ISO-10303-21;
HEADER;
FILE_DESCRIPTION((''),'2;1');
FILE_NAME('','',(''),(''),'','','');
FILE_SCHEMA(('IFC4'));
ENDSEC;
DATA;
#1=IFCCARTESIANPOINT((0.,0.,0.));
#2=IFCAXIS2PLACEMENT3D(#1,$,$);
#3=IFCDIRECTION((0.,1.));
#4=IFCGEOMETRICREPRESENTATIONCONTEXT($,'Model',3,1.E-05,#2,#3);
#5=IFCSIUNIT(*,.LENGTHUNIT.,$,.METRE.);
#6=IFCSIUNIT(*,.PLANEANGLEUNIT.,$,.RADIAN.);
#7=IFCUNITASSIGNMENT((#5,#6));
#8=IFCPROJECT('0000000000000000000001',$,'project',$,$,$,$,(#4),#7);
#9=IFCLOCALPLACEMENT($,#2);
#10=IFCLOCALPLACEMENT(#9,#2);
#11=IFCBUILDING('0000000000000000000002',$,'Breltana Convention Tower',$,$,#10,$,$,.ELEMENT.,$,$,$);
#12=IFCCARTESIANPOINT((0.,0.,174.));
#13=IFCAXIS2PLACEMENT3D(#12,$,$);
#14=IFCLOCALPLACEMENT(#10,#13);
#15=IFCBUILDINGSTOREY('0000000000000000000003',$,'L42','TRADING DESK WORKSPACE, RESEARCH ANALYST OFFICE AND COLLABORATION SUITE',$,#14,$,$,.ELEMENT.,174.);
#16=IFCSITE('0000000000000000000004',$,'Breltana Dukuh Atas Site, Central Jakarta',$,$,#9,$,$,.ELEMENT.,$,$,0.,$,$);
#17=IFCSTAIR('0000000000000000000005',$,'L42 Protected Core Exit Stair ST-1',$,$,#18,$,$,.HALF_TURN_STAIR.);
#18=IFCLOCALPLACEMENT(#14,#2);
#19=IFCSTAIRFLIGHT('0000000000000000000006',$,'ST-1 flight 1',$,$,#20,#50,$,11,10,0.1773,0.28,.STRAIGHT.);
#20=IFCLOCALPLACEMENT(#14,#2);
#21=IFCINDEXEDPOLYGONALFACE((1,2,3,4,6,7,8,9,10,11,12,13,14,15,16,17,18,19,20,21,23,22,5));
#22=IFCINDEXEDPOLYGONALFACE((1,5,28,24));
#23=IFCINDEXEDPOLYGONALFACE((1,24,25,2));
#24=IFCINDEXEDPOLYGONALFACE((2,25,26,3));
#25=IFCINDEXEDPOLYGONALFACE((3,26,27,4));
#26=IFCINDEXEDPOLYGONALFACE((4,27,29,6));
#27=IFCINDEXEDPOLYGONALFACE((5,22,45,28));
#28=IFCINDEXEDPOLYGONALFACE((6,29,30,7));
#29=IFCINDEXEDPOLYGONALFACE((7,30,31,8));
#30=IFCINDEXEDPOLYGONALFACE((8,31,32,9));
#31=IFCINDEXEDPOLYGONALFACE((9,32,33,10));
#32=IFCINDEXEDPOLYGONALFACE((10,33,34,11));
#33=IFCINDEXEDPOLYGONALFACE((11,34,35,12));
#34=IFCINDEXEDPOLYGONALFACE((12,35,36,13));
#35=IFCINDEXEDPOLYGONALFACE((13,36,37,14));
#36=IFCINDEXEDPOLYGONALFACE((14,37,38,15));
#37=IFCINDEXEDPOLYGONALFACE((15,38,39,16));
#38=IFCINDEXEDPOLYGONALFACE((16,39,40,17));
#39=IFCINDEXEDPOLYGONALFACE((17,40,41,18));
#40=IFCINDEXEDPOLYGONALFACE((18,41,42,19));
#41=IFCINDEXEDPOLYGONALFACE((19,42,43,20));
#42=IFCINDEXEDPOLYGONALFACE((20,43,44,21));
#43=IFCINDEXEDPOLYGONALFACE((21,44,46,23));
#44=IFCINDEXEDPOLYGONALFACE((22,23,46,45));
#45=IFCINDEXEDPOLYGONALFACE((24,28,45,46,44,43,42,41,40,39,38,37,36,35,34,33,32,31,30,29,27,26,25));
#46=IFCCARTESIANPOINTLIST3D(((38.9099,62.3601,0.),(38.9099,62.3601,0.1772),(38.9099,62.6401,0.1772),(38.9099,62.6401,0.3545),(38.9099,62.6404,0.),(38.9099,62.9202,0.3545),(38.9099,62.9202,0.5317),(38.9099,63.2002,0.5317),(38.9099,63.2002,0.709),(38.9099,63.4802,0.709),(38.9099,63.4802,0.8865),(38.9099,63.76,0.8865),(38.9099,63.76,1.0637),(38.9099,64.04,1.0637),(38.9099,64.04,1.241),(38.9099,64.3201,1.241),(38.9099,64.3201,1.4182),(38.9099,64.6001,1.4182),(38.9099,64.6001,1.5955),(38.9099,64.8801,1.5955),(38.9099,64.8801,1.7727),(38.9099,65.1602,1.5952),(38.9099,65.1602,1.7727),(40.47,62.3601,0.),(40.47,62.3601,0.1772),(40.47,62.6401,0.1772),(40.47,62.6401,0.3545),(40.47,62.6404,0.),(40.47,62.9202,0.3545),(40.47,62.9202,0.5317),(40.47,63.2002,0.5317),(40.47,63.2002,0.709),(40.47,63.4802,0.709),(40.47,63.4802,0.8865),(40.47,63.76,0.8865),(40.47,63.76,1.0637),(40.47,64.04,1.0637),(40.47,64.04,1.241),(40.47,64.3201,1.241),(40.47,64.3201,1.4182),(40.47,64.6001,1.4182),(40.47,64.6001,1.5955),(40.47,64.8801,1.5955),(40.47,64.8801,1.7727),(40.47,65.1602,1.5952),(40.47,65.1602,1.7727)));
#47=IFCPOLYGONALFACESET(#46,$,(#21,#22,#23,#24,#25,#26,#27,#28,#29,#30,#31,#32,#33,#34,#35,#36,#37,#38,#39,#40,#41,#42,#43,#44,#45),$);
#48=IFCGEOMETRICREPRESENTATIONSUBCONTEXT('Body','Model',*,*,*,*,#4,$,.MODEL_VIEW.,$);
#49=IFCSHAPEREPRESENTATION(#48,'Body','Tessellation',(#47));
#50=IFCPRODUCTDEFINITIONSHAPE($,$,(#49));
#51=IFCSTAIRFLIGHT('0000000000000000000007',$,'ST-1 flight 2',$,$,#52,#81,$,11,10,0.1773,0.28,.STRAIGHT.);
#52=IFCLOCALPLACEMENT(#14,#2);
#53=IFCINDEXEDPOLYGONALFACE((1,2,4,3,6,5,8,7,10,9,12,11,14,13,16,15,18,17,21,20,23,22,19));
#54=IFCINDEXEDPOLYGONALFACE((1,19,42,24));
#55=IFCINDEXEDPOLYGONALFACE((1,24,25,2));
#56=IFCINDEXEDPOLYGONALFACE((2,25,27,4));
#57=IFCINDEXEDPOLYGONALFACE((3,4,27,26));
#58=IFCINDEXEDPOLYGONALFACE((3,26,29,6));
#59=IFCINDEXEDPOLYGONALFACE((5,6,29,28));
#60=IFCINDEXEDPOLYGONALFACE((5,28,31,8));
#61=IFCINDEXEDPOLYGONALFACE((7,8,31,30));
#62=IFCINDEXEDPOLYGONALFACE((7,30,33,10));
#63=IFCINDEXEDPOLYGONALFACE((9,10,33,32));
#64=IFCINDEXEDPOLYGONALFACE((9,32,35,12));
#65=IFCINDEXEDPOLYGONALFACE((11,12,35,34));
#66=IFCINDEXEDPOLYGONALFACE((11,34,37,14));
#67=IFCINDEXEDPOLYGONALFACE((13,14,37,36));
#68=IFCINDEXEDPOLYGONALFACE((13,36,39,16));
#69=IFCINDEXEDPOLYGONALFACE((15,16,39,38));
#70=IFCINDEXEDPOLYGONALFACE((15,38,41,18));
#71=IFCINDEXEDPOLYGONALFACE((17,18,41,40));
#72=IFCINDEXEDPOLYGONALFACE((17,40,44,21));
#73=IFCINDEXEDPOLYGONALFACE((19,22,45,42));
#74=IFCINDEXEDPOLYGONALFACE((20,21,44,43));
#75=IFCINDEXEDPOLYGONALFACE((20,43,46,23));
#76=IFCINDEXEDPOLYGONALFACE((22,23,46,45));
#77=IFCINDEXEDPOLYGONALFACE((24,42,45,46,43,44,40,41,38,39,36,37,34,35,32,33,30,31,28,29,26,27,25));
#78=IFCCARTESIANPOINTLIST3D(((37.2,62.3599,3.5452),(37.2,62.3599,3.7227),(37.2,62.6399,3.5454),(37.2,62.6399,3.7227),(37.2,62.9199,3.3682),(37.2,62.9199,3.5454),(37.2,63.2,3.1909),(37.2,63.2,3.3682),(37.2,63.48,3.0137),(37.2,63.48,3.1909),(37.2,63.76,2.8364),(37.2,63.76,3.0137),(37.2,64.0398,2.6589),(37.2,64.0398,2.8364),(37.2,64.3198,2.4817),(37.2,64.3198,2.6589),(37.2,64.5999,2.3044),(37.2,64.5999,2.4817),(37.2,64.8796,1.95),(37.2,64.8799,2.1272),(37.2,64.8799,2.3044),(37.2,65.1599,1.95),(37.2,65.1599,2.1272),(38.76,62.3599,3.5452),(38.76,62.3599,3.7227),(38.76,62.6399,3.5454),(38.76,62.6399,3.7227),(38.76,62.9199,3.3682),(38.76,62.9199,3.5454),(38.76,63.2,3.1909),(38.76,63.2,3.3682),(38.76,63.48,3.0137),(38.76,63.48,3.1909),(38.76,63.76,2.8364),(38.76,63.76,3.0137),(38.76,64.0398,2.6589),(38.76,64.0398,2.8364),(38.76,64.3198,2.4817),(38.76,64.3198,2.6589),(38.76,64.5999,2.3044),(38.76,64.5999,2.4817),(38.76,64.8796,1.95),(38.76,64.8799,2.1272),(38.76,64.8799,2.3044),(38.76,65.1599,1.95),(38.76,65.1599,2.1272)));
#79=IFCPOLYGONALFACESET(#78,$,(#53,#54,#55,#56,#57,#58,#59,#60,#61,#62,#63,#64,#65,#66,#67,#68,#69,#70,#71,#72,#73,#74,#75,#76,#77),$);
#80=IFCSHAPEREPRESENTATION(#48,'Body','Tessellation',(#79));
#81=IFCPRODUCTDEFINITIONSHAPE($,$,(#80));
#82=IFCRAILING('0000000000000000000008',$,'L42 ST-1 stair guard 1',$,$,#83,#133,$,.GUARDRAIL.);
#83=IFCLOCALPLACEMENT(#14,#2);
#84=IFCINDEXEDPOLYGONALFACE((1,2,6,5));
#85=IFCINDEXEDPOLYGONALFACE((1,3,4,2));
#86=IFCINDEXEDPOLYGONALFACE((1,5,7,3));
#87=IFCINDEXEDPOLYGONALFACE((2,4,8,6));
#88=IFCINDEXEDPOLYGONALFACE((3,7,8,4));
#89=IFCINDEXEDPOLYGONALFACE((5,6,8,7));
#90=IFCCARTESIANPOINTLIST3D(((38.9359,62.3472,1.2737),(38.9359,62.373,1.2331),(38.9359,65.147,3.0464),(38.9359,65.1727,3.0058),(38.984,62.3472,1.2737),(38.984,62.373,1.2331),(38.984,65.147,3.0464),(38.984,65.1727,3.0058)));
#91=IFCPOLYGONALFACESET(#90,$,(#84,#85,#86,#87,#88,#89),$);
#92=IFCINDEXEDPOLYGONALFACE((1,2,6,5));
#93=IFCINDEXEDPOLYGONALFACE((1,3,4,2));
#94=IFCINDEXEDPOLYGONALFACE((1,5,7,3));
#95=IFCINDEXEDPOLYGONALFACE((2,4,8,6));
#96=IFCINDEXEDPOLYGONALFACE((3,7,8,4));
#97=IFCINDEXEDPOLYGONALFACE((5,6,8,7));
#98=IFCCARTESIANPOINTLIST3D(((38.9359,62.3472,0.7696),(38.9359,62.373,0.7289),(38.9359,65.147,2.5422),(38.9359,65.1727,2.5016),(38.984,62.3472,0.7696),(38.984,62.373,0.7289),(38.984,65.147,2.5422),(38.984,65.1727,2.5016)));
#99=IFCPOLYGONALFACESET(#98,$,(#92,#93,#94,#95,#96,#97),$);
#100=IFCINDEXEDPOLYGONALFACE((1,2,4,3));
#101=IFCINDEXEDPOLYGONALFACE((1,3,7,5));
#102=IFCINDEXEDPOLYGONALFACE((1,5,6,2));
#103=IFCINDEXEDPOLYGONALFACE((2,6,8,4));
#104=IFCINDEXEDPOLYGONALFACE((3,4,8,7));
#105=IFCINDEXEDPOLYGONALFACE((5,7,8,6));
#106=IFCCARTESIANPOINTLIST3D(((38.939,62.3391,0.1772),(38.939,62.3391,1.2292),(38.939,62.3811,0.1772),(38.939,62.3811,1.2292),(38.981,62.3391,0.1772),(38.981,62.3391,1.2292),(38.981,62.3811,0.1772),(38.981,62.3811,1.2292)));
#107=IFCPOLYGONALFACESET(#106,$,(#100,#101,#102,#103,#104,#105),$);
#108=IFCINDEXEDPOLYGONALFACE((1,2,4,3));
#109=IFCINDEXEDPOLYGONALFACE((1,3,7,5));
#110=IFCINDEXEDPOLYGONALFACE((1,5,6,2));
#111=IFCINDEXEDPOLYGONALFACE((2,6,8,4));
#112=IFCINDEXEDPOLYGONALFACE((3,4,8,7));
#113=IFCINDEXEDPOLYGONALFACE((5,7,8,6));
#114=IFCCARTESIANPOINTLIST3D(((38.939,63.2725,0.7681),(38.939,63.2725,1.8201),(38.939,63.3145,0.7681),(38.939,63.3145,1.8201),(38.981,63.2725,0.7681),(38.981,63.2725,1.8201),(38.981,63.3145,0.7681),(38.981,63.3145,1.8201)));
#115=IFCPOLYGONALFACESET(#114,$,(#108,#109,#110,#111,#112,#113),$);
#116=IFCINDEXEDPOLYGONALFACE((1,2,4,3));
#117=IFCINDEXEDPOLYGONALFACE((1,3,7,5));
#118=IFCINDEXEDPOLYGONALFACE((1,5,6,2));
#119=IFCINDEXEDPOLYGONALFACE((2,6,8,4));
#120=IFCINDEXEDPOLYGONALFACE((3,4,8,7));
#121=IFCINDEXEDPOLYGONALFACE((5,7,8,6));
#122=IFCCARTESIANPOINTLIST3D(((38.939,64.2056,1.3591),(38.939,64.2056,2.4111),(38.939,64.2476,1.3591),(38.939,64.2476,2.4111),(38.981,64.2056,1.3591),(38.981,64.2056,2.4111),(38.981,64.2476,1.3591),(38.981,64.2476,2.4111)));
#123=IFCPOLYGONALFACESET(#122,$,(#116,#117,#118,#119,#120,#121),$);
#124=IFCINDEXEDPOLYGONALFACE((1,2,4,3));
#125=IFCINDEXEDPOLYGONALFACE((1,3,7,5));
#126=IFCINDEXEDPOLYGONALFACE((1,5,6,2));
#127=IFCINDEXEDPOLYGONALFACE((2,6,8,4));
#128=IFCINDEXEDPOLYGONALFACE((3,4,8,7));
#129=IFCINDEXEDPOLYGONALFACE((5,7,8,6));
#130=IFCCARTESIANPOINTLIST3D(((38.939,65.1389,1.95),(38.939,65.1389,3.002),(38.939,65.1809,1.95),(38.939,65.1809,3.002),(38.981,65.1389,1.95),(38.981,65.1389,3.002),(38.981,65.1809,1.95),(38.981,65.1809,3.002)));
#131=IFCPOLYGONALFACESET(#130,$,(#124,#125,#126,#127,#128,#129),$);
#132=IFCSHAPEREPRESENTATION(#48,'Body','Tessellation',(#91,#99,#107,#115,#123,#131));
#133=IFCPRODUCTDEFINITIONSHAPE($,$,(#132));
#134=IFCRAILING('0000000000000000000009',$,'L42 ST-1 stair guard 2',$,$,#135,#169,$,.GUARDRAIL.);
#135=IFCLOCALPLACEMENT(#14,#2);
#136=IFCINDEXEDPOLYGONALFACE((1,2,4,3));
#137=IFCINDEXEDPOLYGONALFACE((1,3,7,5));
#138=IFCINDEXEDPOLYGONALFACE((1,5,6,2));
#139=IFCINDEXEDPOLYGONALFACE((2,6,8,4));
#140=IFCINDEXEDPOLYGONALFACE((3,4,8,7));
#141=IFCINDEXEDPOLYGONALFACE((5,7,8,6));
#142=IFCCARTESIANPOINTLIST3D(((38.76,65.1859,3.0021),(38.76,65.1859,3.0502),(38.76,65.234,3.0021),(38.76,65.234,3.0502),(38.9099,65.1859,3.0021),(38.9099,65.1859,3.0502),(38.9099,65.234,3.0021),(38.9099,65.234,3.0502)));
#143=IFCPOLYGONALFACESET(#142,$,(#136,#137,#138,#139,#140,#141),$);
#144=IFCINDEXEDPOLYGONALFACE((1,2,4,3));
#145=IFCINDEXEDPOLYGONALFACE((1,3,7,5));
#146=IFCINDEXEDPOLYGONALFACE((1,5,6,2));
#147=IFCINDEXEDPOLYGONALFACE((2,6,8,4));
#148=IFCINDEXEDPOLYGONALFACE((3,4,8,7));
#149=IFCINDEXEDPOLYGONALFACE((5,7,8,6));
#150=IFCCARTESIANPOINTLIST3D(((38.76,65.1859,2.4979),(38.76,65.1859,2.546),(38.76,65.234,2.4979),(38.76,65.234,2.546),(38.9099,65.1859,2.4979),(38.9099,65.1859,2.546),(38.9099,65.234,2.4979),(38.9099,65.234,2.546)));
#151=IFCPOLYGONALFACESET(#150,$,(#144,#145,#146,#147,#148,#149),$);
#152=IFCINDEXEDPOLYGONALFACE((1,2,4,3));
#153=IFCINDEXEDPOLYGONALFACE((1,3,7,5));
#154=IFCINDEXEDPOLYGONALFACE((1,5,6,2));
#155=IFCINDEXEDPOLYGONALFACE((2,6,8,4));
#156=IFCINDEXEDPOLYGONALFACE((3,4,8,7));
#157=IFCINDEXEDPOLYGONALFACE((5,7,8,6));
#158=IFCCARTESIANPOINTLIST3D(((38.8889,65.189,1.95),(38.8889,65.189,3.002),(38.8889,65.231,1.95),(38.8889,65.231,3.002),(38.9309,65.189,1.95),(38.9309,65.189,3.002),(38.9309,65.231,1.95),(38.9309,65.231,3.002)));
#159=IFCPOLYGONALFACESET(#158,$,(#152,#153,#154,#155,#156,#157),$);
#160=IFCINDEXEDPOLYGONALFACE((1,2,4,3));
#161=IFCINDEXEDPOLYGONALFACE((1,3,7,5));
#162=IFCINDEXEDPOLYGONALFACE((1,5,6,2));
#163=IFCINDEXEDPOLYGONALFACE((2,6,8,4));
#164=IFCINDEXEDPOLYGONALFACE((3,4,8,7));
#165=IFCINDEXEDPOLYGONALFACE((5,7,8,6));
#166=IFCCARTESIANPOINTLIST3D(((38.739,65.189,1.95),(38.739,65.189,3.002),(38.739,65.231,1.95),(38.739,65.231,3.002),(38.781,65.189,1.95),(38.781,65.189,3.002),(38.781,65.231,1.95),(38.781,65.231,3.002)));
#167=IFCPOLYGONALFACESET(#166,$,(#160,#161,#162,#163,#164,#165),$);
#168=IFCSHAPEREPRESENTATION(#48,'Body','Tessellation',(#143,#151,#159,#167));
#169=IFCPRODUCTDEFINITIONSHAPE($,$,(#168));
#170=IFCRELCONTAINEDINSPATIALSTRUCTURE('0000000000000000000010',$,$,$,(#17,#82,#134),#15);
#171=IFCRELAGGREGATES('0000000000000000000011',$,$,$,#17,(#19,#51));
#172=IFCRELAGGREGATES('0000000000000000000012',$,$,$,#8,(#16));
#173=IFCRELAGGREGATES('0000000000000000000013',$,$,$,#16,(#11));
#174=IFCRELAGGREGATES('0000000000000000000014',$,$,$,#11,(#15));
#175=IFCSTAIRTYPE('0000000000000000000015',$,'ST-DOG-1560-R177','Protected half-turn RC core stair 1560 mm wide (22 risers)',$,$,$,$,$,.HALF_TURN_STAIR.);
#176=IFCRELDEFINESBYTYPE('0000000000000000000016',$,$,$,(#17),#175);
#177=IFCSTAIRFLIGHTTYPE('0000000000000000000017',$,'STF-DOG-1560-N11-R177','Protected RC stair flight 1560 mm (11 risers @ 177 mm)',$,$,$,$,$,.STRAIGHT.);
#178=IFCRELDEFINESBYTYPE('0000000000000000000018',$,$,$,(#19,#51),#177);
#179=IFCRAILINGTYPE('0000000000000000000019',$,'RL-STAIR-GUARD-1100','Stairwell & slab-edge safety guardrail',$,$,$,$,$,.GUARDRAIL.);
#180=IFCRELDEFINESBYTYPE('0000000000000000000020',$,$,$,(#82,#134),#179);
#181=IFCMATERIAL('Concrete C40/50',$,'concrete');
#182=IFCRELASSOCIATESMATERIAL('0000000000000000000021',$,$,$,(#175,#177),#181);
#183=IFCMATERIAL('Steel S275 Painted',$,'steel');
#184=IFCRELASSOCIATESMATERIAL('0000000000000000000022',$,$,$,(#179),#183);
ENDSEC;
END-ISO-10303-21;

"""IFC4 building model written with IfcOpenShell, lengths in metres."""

from ifc_helpers import new_model, si_unit, direction, frame, origin, origin_2d, place, context, subcontext, project, spatial, polyline, rectangle, outline, extrude, material, type_object, element, aggregate, save


model = new_model("IFC4")

# Units and contexts
model_context = context("Model", 3, precision=1e-05, world=origin(), true_north=direction((0.0, 1.0)))
body_context = subcontext(model_context, "Body", "Model", "MODEL_VIEW")
ifc_project = project(units=[si_unit("LENGTHUNIT", "METRE"), si_unit("PLANEANGLEUNIT", "RADIAN")], contexts=[model_context])

# Site, building, storey
site_placement = place(None, origin())
site = spatial("IfcSite", under=ifc_project, at=site_placement, Name="Breltana Dukuh Atas Site, Central Jakarta", CompositionType="ELEMENT", RefElevation=0.0)
building_placement = place(site_placement, origin())
building = spatial("IfcBuilding", under=site, at=building_placement, Name="Breltana Convention Tower", CompositionType="ELEMENT")
storey_placement = place(building_placement, frame((0.0, 0.0, 174.0)))
storey = spatial("IfcBuildingStorey", under=building, at=storey_placement, Name="L42", Description="TRADING DESK WORKSPACE, RESEARCH ANALYST OFFICE AND COLLABORATION SUITE", CompositionType="ELEMENT", Elevation=174.0)

# Stair, stair flights
ifc_material_1 = material(Name="Concrete C40/50", Category="concrete")
stair_type = type_object("IfcStairType", Name="ST-DOG-1560-R177", Description="Protected half-turn RC core stair 1560 mm wide (22 risers)", PredefinedType="HALF_TURN_STAIR", material=ifc_material_1)
stair_placement = place(storey_placement, origin())
stair = element("IfcStair", 1, at=stair_placement, inside=storey, type_object=stair_type, Name="L42 Protected Core Exit Stair ST-1", PredefinedType="HALF_TURN_STAIR")
stair_flight_type = type_object("IfcStairFlightType", Name="STF-DOG-1560-N11-R177", Description="Protected RC stair flight 1560 mm (11 risers @ 177 mm)", PredefinedType="STRAIGHT", material=ifc_material_1)
stair_flight_1_placement = place(storey_placement, frame((39.6899, 62.3601, 0.0), z_axis=(0.0, 0.0, 1.0), x_axis=(0.0, 1.0, 0.0)))
stair_flight_1 = element("IfcStairFlight", 2, at=stair_flight_1_placement, type_object=stair_flight_type, Name="ST-1 flight 1", NumberOfRisers=11, NumberOfTreads=10, PredefinedType="STRAIGHT", RiserHeight=0.1773, TreadLength=0.28, context=body_context, shape_type="SweptSolid", body=[
    extrude(outline(polyline([(0.0, 0.0), (0.0, 0.1772), (0.28, 0.1772), (0.28, 0.3545), (0.5601, 0.3545), (0.5601, 0.5317), (0.8401, 0.5317), (0.8401, 0.709), (1.1201, 0.709), (1.1201, 0.8865), (1.3999, 0.8865), (1.3999, 1.0637), (1.6799, 1.0637), (1.6799, 1.241), (1.96, 1.241), (1.96, 1.4182), (2.24, 1.4182), (2.24, 1.5955), (2.52, 1.5955), (2.52, 1.7727), (2.8, 1.7727), (2.8, 1.95), (2.8, 1.5952), (0.2803, 0.0), (0.0, 0.0)])), frame((0.0, 0.78, 0.0), z_axis=(0.0, -1.0, 0.0), x_axis=(1.0, 0.0, 0.0)), (0.0, 0.0, 1.0), 1.5601),
])
stair_flight_2_placement = place(storey_placement, frame((37.98, 65.1599, 1.95), z_axis=(0.0, 0.0, 1.0), x_axis=(0.0, -1.0, 0.0)))
stair_flight_2 = element("IfcStairFlight", 3, at=stair_flight_2_placement, type_object=stair_flight_type, Name="ST-1 flight 2", NumberOfRisers=11, NumberOfTreads=10, PredefinedType="STRAIGHT", RiserHeight=0.1773, TreadLength=0.28, context=body_context, shape_type="SweptSolid", body=[
    extrude(outline(polyline([(0.0, 0.0), (0.0, 0.1772), (0.28, 0.1772), (0.28, 0.3545), (0.5601, 0.3545), (0.5601, 0.5317), (0.8401, 0.5317), (0.8401, 0.709), (1.1201, 0.709), (1.1201, 0.8865), (1.3999, 0.8865), (1.3999, 1.0637), (1.6799, 1.0637), (1.6799, 1.241), (1.96, 1.241), (1.96, 1.4182), (2.24, 1.4182), (2.24, 1.5955), (2.52, 1.5955), (2.52, 1.7727), (2.8, 1.7727), (2.8, 1.95), (2.8, 1.5952), (0.2803, 0.0), (0.0, 0.0)])), frame((0.0, 0.78, 0.0), z_axis=(0.0, -1.0, 0.0), x_axis=(1.0, 0.0, 0.0)), (0.0, 0.0, 1.0), 1.5601),
])
aggregate(stair, [stair_flight_1, stair_flight_2])

# Railings
ifc_material_2 = material(Name="Steel S275 Painted", Category="steel")
railing_type_1 = type_object("IfcRailingType", Name="RL-STAIR-GUARD-1100", Description="Stairwell & slab-edge safety guardrail", PredefinedType="GUARDRAIL", material=ifc_material_2)
railing_1_placement = place(storey_placement, frame((38.96, 62.3601, 0.1772)))
element("IfcRailing", 4, at=railing_1_placement, inside=storey, type_object=railing_type_1, Name="L42 ST-1 stair guard 1", PredefinedType="GUARDRAIL", context=body_context, shape_type="SweptSolid", body=[
    extrude(rectangle(XDim=0.0481, YDim=0.0481, at=origin_2d()), frame((0.0, 0.0, 1.0762), z_axis=(0.0, 0.844888, 0.534943), x_axis=(-1.0, 0.0, 0.0)), (0.0, 0.0, 1.0), 3.3137),
    extrude(rectangle(XDim=0.0481, YDim=0.0481, at=origin_2d()), frame((0.0, 0.0, 0.572), z_axis=(0.0, 0.844888, 0.534943), x_axis=(-1.0, 0.0, 0.0)), (0.0, 0.0, 1.0), 3.3137),
    extrude(rectangle(XDim=0.042, YDim=0.042, at=origin_2d()), origin(), (0.0, 0.0, 1.0), 1.052),
    extrude(rectangle(XDim=0.042, YDim=0.042, at=origin_2d()), frame((0.0, 0.9333, 0.5908)), (0.0, 0.0, 1.0), 1.052),
    extrude(rectangle(XDim=0.042, YDim=0.042, at=origin_2d()), frame((0.0, 1.8665, 1.1819)), (0.0, 0.0, 1.0), 1.052),
    extrude(rectangle(XDim=0.042, YDim=0.042, at=origin_2d()), frame((0.0, 2.7998, 1.7727)), (0.0, 0.0, 1.0), 1.052),
])
railing_2_placement = place(storey_placement, frame((38.9099, 65.21, 1.95)))
element("IfcRailing", 5, at=railing_2_placement, inside=storey, type_object=railing_type_1, Name="L42 ST-1 stair guard 2", PredefinedType="GUARDRAIL", context=body_context, shape_type="SweptSolid", body=[
    extrude(rectangle(XDim=0.0481, YDim=0.0481, at=origin_2d()), frame((0.0, 0.0, 1.0762), z_axis=(-1.0, 0.0, 0.0), x_axis=(0.0, -1.0, 0.0)), (0.0, 0.0, 1.0), 0.1499),
    extrude(rectangle(XDim=0.0481, YDim=0.0481, at=origin_2d()), frame((0.0, 0.0, 0.572), z_axis=(-1.0, 0.0, 0.0), x_axis=(0.0, -1.0, 0.0)), (0.0, 0.0, 1.0), 0.1499),
    extrude(rectangle(XDim=0.042, YDim=0.042, at=origin_2d()), origin(), (0.0, 0.0, 1.0), 1.052),
    extrude(rectangle(XDim=0.042, YDim=0.042, at=origin_2d()), frame((-0.1499, 0.0, 0.0)), (0.0, 0.0, 1.0), 1.052),
])

save(model, "model.ifc")
